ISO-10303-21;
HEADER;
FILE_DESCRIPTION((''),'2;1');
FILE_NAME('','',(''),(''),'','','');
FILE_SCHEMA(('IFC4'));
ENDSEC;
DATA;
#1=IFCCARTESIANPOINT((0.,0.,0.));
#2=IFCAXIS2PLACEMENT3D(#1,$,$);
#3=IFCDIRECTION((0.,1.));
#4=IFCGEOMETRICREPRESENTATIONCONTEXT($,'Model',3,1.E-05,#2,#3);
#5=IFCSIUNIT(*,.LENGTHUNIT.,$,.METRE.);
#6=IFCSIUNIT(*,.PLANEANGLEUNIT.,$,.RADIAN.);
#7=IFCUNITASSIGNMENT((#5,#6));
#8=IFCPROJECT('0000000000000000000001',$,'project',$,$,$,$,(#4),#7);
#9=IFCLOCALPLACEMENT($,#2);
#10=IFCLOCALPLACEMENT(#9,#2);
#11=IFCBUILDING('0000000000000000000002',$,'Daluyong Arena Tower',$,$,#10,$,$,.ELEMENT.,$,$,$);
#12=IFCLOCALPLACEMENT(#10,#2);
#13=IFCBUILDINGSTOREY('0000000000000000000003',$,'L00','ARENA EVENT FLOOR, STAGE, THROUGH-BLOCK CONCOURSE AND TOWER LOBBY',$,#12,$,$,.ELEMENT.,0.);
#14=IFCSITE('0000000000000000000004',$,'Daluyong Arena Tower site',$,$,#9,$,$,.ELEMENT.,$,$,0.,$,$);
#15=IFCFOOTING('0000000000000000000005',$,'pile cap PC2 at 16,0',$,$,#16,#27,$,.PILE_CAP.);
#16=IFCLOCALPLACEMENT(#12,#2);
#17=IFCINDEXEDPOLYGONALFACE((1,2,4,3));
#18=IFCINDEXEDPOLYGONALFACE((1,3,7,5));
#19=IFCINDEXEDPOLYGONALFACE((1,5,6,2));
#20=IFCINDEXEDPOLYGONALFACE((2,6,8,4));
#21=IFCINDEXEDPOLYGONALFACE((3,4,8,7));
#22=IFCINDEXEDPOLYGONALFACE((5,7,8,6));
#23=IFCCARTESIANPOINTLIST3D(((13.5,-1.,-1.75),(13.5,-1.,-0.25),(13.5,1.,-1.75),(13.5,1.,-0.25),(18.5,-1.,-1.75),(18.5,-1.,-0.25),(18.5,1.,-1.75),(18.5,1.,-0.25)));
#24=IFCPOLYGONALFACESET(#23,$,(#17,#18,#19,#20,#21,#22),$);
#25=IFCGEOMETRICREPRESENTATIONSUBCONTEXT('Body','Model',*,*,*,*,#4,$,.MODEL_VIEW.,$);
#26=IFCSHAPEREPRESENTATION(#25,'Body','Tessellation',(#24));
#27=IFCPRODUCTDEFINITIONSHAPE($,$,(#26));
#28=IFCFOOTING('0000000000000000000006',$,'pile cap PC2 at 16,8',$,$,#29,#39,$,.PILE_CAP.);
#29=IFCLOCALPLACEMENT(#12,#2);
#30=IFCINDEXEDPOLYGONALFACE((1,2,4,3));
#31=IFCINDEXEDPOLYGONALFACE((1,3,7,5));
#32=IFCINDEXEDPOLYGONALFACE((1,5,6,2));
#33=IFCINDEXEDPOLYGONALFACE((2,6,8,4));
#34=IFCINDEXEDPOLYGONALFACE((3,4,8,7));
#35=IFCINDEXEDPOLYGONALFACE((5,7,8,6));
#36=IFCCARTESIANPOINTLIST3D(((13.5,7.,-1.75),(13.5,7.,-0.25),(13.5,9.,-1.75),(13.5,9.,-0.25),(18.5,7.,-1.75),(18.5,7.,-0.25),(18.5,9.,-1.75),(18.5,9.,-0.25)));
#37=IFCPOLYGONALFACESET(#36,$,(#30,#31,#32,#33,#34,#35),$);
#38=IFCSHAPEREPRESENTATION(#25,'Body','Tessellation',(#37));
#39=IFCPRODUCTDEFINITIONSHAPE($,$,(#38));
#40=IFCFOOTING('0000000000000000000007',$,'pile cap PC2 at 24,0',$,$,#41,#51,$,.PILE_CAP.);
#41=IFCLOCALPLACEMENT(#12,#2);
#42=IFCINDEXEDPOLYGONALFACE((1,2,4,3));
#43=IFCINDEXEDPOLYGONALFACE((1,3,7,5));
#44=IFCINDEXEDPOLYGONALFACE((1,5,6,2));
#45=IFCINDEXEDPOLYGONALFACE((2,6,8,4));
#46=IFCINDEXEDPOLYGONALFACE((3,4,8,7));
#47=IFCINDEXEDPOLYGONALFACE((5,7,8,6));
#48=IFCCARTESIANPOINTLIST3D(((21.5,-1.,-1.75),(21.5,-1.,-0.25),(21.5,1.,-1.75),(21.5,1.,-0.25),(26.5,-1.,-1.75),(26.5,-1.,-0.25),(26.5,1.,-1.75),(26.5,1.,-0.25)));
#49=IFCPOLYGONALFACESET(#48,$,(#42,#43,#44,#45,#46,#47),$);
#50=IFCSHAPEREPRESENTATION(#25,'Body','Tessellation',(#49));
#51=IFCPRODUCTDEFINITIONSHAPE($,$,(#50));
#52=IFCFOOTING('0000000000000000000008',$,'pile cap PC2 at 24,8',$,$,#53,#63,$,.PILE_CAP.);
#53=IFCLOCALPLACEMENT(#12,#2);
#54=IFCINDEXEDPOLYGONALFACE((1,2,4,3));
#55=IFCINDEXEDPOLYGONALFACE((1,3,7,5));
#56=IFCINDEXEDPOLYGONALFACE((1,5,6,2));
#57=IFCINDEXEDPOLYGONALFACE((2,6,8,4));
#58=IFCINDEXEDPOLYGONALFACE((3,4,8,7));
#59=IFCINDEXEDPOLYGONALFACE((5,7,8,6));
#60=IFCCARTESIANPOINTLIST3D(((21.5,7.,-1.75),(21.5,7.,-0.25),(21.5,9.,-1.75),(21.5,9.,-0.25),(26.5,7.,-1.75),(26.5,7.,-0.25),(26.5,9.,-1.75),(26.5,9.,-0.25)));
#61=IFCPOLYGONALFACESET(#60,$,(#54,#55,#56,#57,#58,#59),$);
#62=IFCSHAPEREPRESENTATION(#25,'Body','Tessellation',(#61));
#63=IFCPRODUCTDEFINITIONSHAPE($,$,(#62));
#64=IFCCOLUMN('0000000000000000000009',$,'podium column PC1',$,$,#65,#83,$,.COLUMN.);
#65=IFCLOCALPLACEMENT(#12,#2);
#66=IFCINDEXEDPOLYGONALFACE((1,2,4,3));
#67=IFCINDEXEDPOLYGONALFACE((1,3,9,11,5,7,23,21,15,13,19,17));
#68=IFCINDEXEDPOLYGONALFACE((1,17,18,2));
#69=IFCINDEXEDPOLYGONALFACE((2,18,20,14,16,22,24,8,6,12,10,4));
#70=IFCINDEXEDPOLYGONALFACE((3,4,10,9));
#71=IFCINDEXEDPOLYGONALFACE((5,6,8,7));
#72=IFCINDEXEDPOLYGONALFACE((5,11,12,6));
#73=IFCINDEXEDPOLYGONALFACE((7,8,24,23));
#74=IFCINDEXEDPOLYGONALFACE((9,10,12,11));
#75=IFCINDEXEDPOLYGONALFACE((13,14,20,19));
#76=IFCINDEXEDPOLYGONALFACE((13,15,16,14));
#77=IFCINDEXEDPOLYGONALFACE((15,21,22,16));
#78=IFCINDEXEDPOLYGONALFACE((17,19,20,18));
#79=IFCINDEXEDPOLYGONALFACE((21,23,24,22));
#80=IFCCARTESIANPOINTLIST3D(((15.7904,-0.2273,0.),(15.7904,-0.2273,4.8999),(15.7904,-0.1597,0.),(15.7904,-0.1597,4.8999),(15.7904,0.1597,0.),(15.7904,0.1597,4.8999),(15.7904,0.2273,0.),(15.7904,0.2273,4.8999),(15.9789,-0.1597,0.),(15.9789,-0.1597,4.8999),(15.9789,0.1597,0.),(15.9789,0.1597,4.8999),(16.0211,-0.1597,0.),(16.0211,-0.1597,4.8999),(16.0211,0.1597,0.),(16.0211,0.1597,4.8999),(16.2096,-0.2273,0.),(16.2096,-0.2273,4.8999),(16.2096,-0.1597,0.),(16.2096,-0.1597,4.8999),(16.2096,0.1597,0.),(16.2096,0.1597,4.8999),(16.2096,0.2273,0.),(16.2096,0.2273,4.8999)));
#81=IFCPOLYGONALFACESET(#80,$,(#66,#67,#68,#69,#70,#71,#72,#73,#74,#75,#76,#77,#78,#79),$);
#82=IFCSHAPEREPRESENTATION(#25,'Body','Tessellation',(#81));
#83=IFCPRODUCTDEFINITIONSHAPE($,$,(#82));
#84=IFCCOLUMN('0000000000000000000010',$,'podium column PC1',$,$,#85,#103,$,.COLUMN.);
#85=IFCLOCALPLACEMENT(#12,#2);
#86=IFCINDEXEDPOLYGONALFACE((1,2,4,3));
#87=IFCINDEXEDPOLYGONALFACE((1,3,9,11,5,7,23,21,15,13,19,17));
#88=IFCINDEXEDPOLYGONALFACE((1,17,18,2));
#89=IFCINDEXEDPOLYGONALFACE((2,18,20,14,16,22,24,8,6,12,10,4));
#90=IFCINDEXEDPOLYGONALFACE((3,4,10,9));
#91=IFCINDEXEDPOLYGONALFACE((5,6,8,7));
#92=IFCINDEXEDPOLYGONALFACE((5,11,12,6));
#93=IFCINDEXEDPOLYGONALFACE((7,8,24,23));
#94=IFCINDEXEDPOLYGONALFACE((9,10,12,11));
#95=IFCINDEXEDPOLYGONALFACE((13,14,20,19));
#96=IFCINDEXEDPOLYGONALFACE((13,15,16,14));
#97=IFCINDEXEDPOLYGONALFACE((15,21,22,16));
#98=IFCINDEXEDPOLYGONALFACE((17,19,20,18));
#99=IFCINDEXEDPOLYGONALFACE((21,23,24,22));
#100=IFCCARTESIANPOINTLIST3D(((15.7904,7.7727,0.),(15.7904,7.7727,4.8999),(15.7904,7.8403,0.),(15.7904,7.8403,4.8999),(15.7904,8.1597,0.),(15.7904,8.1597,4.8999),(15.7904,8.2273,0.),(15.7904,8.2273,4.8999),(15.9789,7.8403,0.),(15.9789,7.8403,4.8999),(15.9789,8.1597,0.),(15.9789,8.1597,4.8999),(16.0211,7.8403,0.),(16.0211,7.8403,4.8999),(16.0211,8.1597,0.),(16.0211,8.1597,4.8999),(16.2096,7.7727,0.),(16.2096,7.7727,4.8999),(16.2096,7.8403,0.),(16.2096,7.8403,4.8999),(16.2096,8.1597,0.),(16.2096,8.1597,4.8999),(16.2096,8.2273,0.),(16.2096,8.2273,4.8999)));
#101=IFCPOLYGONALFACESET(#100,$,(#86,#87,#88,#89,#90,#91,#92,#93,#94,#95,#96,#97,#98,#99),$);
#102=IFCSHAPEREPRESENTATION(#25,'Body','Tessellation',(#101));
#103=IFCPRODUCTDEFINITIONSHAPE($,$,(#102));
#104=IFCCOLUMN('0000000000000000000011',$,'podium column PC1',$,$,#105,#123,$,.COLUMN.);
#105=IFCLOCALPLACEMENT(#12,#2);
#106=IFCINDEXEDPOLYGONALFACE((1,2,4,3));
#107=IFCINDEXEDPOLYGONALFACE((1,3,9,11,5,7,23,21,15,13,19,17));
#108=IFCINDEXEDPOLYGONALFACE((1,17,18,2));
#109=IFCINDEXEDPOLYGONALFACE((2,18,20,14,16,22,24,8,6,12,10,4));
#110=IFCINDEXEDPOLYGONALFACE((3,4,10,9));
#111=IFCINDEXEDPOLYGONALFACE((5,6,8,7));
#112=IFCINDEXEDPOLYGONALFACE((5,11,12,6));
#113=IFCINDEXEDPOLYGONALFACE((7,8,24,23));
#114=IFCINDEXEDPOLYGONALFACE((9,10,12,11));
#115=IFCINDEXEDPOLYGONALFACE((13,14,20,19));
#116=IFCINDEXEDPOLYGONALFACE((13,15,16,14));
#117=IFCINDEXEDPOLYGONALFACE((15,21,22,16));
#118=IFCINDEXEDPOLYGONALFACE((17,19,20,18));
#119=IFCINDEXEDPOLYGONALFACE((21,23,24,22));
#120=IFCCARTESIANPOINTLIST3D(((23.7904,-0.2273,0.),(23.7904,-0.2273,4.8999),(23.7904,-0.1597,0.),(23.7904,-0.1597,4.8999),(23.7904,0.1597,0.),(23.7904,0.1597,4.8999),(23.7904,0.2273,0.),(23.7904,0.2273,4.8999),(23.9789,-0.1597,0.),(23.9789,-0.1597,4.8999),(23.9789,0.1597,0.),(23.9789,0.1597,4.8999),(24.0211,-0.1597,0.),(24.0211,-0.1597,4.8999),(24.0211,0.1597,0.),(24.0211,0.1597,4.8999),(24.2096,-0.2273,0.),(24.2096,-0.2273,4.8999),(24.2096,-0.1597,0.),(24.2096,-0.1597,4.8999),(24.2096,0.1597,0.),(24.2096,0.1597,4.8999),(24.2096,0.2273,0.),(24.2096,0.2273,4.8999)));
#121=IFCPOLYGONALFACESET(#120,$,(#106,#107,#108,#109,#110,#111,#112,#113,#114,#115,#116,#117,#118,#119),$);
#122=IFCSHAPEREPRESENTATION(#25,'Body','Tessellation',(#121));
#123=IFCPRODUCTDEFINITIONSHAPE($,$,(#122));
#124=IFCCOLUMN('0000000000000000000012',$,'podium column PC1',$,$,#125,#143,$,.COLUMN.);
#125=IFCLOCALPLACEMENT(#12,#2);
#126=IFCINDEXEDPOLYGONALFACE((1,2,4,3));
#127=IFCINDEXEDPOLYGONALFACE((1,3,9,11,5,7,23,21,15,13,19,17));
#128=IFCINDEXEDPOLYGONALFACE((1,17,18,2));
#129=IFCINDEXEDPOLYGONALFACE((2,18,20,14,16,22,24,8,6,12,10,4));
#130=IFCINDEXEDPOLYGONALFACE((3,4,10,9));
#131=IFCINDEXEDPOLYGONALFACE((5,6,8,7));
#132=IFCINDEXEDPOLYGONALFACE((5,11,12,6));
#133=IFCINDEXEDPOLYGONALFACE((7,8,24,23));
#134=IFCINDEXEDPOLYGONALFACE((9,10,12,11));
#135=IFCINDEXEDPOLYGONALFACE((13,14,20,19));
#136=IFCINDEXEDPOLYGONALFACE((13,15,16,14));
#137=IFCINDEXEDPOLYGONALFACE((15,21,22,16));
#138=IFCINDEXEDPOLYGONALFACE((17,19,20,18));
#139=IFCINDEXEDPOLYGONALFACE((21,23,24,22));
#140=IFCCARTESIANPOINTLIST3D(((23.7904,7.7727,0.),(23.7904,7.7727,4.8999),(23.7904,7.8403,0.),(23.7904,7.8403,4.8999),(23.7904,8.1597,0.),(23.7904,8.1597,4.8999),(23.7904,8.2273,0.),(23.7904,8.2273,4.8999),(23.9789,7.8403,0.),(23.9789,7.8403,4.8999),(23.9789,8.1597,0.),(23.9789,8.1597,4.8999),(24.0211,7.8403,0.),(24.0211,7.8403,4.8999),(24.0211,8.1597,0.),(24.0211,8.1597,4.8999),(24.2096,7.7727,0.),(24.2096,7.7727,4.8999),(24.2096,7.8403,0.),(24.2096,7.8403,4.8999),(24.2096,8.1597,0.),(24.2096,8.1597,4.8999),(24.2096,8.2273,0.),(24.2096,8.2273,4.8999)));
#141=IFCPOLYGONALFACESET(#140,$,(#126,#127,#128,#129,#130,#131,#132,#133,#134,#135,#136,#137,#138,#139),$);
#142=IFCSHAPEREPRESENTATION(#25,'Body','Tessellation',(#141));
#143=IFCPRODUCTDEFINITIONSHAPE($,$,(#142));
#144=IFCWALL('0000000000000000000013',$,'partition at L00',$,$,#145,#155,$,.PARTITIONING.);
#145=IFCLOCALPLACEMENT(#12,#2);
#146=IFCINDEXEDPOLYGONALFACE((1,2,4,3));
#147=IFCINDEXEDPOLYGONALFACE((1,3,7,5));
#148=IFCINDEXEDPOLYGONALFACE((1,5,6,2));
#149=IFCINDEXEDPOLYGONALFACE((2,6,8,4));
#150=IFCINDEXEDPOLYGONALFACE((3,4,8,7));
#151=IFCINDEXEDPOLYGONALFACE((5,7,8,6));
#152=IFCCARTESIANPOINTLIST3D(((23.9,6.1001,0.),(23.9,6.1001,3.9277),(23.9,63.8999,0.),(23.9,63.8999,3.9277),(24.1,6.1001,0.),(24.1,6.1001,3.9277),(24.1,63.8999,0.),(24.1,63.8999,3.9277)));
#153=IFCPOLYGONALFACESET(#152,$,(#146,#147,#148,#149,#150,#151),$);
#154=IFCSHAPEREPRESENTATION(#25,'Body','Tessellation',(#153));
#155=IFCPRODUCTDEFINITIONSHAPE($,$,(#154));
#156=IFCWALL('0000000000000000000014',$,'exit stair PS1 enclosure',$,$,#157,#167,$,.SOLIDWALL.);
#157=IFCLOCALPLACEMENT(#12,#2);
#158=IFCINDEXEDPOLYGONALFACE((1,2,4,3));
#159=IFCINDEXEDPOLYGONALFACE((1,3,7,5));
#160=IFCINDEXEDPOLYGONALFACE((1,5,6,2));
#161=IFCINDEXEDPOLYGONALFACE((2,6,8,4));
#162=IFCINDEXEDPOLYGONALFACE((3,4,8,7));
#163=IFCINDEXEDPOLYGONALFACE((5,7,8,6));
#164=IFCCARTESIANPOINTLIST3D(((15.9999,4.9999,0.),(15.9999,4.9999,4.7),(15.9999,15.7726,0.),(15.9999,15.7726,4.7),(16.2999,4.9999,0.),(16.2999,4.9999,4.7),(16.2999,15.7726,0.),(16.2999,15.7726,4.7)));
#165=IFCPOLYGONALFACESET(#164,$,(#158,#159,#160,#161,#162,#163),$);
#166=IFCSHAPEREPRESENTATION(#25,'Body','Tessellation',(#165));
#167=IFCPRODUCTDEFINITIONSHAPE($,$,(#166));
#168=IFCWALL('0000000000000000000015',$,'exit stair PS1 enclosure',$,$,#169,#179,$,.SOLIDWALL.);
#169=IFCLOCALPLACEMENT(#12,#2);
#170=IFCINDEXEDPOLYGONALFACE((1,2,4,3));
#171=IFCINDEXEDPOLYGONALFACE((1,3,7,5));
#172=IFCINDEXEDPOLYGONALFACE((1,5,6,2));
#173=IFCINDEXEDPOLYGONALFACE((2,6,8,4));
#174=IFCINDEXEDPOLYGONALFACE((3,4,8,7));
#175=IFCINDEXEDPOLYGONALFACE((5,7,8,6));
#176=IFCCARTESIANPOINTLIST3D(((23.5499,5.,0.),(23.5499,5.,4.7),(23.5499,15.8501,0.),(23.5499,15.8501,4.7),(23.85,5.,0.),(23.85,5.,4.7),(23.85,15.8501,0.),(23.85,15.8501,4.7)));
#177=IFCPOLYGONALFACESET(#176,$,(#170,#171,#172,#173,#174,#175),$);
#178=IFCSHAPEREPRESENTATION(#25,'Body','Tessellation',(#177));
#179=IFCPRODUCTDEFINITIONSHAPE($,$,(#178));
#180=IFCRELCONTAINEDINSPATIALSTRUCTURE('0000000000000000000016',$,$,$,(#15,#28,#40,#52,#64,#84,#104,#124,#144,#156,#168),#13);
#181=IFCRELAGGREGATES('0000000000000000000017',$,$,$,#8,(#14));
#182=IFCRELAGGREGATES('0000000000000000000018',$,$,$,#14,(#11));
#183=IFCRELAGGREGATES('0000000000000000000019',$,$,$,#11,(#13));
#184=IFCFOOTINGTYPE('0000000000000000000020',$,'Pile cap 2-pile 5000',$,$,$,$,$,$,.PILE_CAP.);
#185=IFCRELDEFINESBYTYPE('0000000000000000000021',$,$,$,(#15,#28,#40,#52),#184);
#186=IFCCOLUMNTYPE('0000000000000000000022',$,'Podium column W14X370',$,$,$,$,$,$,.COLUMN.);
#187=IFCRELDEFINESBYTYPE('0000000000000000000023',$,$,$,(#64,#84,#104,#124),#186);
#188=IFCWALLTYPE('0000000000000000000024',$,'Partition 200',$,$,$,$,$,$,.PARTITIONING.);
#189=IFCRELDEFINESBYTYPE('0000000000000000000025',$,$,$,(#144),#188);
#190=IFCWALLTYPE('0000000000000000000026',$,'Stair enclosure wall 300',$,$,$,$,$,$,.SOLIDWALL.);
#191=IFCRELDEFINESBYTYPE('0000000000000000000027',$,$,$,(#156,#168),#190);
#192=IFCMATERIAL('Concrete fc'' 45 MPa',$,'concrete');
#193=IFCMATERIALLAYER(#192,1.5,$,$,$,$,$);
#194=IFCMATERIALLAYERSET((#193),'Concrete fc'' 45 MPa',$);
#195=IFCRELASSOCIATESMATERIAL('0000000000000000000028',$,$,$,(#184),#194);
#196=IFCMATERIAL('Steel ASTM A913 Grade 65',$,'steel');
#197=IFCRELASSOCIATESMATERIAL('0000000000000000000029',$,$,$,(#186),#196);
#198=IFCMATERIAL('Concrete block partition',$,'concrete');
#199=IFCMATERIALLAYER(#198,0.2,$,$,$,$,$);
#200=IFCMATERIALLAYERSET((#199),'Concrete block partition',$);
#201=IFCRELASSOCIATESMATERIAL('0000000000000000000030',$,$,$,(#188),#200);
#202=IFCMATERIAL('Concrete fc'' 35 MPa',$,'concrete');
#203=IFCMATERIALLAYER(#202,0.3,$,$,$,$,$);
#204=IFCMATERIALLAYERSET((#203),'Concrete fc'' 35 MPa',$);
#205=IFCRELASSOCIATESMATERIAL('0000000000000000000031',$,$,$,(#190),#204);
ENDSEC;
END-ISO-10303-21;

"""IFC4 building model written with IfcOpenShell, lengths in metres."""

from ifc_helpers import new_model, si_unit, direction, frame, frame_2d, origin, origin_2d, place, context, subcontext, project, spatial, rectangle, i_section, extrude, material, layer, layer_set, material_profile, profile_set, type_object, element, save


model = new_model("IFC4")

# Units and contexts
model_context = context("Model", 3, precision=1e-05, world=origin(), true_north=direction((0.0, 1.0)))
body_context = subcontext(model_context, "Body", "Model", "MODEL_VIEW")
ifc_project = project(units=[si_unit("LENGTHUNIT", "METRE"), si_unit("PLANEANGLEUNIT", "RADIAN")], contexts=[model_context])

# Site, building, storey
site_placement = place(None, origin())
site = spatial("IfcSite", under=ifc_project, at=site_placement, Name="Daluyong Arena Tower site", CompositionType="ELEMENT", RefElevation=0.0)
building_placement = place(site_placement, origin())
building = spatial("IfcBuilding", under=site, at=building_placement, Name="Daluyong Arena Tower", CompositionType="ELEMENT")
storey_placement = place(building_placement, origin())
storey = spatial("IfcBuildingStorey", under=building, at=storey_placement, Name="L00", Description="ARENA EVENT FLOOR, STAGE, THROUGH-BLOCK CONCOURSE AND TOWER LOBBY", CompositionType="ELEMENT", Elevation=0.0)

# Footings
ifc_material_1 = material(Name="Concrete fc' 45 MPa", Category="concrete")
ifc_layer_1 = layer(ifc_material_1, 1.5)
ifc_layer_set_1 = layer_set([ifc_layer_1], Name="Concrete fc' 45 MPa")
footing_type = type_object("IfcFootingType", Name="Pile cap 2-pile 5000", PredefinedType="PILE_CAP", material=ifc_layer_set_1)
for number, where, z_axis, x_axis, name in (
    (1, (16.0, 0.0, -1.75), (0.0, 0.0, 1.0), (1.0, 0.0, 0.0), "pile cap PC2 at 16,0"),
    (2, (16.0, 8.0, -1.75), (0.0, 0.0, 1.0), (1.0, 0.0, 0.0), "pile cap PC2 at 16,8"),
    (3, (24.0, 0.0, -1.75), (0.0, 0.0, 1.0), (1.0, 0.0, 0.0), "pile cap PC2 at 24,0"),
    (4, (24.0, 8.0, -1.75), (0.0, 0.0, 1.0), (1.0, 0.0, 0.0), "pile cap PC2 at 24,8"),
):
    element("IfcFooting", number, at=place(storey_placement, frame(where, z_axis=z_axis, x_axis=x_axis)), inside=storey, type_object=footing_type, Name=name, PredefinedType="PILE_CAP", context=body_context, shape_type="SweptSolid", body=[
        extrude(rectangle(XDim=5.0, YDim=2.0, at=origin_2d()), origin(), (0.0, 0.0, 1.0), 1.5),
    ])

# Columns
ifc_material_2 = material(Name="Steel ASTM A913 Grade 65", Category="steel")
ifc_material_profile = material_profile(ifc_material_2, i_section(OverallWidth=0.4192, OverallDepth=0.4546, WebThickness=0.0422, FlangeThickness=0.0676, at=origin_2d()))
ifc_profile_set = profile_set([ifc_material_profile], Name="Steel ASTM A913 Grade 65")
column_type = type_object("IfcColumnType", Name="Podium column W14X370", PredefinedType="COLUMN", material=ifc_profile_set)
for number, where, z_axis, x_axis, name in (
    (5, (16.0, 0.0, 0.0), (0.0, 0.0, 1.0), (1.0, 0.0, 0.0), "podium column PC1"),
    (6, (16.0, 8.0, 0.0), (0.0, 0.0, 1.0), (1.0, 0.0, 0.0), "podium column PC1"),
    (7, (24.0, 0.0, 0.0), (0.0, 0.0, 1.0), (1.0, 0.0, 0.0), "podium column PC1"),
    (8, (24.0, 8.0, 0.0), (0.0, 0.0, 1.0), (1.0, 0.0, 0.0), "podium column PC1"),
):
    element("IfcColumn", number, at=place(storey_placement, frame(where, z_axis=z_axis, x_axis=x_axis)), inside=storey, type_object=column_type, Name=name, PredefinedType="COLUMN", context=body_context, shape_type="SweptSolid", body=[
        extrude(i_section(OverallWidth=0.4192, OverallDepth=0.4546, WebThickness=0.0422, FlangeThickness=0.0676, at=origin_2d()), origin(), (0.0, 0.0, 1.0), 4.8999),
    ])

# Walls
ifc_material_3 = material(Name="Concrete block partition", Category="concrete")
ifc_layer_2 = layer(ifc_material_3, 0.2)
ifc_layer_set_2 = layer_set([ifc_layer_2], Name="Concrete block partition")
wall_type_1 = type_object("IfcWallType", Name="Partition 200", PredefinedType="PARTITIONING", material=ifc_layer_set_2)
wall_1_placement = place(storey_placement, frame((24.0, 6.1001, 0.0), z_axis=(0.0, 0.0, 1.0), x_axis=(0.0, 1.0, 0.0)))
element("IfcWall", 9, at=wall_1_placement, inside=storey, type_object=wall_type_1, Name="partition at L00", PredefinedType="PARTITIONING", context=body_context, shape_type="SweptSolid", body=[
    extrude(rectangle(XDim=57.7998, YDim=0.2, at=frame_2d((28.8999, 0.0))), origin(), (0.0, 0.0, 1.0), 3.9277),
])
ifc_material_4 = material(Name="Concrete fc' 35 MPa", Category="concrete")
ifc_layer_3 = layer(ifc_material_4, 0.3)
ifc_layer_set_3 = layer_set([ifc_layer_3], Name="Concrete fc' 35 MPa")
wall_type_2 = type_object("IfcWallType", Name="Stair enclosure wall 300", PredefinedType="SOLIDWALL", material=ifc_layer_set_3)
wall_2_placement = place(storey_placement, frame((16.1499, 5.0, 0.0), z_axis=(0.0, 0.0, 1.0), x_axis=(0.0, 1.0, 0.0)))
element("IfcWall", 10, at=wall_2_placement, inside=storey, type_object=wall_type_2, Name="exit stair PS1 enclosure", PredefinedType="SOLIDWALL", context=body_context, shape_type="SweptSolid", body=[
    extrude(rectangle(XDim=10.7727, YDim=0.3, at=frame_2d((5.3862, 0.0))), origin(), (0.0, 0.0, 1.0), 4.7),
])
wall_3_placement = place(storey_placement, frame((23.7, 5.0, 0.0), z_axis=(0.0, 0.0, 1.0), x_axis=(0.0, 1.0, 0.0)))
element("IfcWall", 11, at=wall_3_placement, inside=storey, type_object=wall_type_2, Name="exit stair PS1 enclosure", PredefinedType="SOLIDWALL", context=body_context, shape_type="SweptSolid", body=[
    extrude(rectangle(XDim=10.8501, YDim=0.3, at=frame_2d((5.425, 0.0))), origin(), (0.0, 0.0, 1.0), 4.7),
])

save(model, "model.ifc")
